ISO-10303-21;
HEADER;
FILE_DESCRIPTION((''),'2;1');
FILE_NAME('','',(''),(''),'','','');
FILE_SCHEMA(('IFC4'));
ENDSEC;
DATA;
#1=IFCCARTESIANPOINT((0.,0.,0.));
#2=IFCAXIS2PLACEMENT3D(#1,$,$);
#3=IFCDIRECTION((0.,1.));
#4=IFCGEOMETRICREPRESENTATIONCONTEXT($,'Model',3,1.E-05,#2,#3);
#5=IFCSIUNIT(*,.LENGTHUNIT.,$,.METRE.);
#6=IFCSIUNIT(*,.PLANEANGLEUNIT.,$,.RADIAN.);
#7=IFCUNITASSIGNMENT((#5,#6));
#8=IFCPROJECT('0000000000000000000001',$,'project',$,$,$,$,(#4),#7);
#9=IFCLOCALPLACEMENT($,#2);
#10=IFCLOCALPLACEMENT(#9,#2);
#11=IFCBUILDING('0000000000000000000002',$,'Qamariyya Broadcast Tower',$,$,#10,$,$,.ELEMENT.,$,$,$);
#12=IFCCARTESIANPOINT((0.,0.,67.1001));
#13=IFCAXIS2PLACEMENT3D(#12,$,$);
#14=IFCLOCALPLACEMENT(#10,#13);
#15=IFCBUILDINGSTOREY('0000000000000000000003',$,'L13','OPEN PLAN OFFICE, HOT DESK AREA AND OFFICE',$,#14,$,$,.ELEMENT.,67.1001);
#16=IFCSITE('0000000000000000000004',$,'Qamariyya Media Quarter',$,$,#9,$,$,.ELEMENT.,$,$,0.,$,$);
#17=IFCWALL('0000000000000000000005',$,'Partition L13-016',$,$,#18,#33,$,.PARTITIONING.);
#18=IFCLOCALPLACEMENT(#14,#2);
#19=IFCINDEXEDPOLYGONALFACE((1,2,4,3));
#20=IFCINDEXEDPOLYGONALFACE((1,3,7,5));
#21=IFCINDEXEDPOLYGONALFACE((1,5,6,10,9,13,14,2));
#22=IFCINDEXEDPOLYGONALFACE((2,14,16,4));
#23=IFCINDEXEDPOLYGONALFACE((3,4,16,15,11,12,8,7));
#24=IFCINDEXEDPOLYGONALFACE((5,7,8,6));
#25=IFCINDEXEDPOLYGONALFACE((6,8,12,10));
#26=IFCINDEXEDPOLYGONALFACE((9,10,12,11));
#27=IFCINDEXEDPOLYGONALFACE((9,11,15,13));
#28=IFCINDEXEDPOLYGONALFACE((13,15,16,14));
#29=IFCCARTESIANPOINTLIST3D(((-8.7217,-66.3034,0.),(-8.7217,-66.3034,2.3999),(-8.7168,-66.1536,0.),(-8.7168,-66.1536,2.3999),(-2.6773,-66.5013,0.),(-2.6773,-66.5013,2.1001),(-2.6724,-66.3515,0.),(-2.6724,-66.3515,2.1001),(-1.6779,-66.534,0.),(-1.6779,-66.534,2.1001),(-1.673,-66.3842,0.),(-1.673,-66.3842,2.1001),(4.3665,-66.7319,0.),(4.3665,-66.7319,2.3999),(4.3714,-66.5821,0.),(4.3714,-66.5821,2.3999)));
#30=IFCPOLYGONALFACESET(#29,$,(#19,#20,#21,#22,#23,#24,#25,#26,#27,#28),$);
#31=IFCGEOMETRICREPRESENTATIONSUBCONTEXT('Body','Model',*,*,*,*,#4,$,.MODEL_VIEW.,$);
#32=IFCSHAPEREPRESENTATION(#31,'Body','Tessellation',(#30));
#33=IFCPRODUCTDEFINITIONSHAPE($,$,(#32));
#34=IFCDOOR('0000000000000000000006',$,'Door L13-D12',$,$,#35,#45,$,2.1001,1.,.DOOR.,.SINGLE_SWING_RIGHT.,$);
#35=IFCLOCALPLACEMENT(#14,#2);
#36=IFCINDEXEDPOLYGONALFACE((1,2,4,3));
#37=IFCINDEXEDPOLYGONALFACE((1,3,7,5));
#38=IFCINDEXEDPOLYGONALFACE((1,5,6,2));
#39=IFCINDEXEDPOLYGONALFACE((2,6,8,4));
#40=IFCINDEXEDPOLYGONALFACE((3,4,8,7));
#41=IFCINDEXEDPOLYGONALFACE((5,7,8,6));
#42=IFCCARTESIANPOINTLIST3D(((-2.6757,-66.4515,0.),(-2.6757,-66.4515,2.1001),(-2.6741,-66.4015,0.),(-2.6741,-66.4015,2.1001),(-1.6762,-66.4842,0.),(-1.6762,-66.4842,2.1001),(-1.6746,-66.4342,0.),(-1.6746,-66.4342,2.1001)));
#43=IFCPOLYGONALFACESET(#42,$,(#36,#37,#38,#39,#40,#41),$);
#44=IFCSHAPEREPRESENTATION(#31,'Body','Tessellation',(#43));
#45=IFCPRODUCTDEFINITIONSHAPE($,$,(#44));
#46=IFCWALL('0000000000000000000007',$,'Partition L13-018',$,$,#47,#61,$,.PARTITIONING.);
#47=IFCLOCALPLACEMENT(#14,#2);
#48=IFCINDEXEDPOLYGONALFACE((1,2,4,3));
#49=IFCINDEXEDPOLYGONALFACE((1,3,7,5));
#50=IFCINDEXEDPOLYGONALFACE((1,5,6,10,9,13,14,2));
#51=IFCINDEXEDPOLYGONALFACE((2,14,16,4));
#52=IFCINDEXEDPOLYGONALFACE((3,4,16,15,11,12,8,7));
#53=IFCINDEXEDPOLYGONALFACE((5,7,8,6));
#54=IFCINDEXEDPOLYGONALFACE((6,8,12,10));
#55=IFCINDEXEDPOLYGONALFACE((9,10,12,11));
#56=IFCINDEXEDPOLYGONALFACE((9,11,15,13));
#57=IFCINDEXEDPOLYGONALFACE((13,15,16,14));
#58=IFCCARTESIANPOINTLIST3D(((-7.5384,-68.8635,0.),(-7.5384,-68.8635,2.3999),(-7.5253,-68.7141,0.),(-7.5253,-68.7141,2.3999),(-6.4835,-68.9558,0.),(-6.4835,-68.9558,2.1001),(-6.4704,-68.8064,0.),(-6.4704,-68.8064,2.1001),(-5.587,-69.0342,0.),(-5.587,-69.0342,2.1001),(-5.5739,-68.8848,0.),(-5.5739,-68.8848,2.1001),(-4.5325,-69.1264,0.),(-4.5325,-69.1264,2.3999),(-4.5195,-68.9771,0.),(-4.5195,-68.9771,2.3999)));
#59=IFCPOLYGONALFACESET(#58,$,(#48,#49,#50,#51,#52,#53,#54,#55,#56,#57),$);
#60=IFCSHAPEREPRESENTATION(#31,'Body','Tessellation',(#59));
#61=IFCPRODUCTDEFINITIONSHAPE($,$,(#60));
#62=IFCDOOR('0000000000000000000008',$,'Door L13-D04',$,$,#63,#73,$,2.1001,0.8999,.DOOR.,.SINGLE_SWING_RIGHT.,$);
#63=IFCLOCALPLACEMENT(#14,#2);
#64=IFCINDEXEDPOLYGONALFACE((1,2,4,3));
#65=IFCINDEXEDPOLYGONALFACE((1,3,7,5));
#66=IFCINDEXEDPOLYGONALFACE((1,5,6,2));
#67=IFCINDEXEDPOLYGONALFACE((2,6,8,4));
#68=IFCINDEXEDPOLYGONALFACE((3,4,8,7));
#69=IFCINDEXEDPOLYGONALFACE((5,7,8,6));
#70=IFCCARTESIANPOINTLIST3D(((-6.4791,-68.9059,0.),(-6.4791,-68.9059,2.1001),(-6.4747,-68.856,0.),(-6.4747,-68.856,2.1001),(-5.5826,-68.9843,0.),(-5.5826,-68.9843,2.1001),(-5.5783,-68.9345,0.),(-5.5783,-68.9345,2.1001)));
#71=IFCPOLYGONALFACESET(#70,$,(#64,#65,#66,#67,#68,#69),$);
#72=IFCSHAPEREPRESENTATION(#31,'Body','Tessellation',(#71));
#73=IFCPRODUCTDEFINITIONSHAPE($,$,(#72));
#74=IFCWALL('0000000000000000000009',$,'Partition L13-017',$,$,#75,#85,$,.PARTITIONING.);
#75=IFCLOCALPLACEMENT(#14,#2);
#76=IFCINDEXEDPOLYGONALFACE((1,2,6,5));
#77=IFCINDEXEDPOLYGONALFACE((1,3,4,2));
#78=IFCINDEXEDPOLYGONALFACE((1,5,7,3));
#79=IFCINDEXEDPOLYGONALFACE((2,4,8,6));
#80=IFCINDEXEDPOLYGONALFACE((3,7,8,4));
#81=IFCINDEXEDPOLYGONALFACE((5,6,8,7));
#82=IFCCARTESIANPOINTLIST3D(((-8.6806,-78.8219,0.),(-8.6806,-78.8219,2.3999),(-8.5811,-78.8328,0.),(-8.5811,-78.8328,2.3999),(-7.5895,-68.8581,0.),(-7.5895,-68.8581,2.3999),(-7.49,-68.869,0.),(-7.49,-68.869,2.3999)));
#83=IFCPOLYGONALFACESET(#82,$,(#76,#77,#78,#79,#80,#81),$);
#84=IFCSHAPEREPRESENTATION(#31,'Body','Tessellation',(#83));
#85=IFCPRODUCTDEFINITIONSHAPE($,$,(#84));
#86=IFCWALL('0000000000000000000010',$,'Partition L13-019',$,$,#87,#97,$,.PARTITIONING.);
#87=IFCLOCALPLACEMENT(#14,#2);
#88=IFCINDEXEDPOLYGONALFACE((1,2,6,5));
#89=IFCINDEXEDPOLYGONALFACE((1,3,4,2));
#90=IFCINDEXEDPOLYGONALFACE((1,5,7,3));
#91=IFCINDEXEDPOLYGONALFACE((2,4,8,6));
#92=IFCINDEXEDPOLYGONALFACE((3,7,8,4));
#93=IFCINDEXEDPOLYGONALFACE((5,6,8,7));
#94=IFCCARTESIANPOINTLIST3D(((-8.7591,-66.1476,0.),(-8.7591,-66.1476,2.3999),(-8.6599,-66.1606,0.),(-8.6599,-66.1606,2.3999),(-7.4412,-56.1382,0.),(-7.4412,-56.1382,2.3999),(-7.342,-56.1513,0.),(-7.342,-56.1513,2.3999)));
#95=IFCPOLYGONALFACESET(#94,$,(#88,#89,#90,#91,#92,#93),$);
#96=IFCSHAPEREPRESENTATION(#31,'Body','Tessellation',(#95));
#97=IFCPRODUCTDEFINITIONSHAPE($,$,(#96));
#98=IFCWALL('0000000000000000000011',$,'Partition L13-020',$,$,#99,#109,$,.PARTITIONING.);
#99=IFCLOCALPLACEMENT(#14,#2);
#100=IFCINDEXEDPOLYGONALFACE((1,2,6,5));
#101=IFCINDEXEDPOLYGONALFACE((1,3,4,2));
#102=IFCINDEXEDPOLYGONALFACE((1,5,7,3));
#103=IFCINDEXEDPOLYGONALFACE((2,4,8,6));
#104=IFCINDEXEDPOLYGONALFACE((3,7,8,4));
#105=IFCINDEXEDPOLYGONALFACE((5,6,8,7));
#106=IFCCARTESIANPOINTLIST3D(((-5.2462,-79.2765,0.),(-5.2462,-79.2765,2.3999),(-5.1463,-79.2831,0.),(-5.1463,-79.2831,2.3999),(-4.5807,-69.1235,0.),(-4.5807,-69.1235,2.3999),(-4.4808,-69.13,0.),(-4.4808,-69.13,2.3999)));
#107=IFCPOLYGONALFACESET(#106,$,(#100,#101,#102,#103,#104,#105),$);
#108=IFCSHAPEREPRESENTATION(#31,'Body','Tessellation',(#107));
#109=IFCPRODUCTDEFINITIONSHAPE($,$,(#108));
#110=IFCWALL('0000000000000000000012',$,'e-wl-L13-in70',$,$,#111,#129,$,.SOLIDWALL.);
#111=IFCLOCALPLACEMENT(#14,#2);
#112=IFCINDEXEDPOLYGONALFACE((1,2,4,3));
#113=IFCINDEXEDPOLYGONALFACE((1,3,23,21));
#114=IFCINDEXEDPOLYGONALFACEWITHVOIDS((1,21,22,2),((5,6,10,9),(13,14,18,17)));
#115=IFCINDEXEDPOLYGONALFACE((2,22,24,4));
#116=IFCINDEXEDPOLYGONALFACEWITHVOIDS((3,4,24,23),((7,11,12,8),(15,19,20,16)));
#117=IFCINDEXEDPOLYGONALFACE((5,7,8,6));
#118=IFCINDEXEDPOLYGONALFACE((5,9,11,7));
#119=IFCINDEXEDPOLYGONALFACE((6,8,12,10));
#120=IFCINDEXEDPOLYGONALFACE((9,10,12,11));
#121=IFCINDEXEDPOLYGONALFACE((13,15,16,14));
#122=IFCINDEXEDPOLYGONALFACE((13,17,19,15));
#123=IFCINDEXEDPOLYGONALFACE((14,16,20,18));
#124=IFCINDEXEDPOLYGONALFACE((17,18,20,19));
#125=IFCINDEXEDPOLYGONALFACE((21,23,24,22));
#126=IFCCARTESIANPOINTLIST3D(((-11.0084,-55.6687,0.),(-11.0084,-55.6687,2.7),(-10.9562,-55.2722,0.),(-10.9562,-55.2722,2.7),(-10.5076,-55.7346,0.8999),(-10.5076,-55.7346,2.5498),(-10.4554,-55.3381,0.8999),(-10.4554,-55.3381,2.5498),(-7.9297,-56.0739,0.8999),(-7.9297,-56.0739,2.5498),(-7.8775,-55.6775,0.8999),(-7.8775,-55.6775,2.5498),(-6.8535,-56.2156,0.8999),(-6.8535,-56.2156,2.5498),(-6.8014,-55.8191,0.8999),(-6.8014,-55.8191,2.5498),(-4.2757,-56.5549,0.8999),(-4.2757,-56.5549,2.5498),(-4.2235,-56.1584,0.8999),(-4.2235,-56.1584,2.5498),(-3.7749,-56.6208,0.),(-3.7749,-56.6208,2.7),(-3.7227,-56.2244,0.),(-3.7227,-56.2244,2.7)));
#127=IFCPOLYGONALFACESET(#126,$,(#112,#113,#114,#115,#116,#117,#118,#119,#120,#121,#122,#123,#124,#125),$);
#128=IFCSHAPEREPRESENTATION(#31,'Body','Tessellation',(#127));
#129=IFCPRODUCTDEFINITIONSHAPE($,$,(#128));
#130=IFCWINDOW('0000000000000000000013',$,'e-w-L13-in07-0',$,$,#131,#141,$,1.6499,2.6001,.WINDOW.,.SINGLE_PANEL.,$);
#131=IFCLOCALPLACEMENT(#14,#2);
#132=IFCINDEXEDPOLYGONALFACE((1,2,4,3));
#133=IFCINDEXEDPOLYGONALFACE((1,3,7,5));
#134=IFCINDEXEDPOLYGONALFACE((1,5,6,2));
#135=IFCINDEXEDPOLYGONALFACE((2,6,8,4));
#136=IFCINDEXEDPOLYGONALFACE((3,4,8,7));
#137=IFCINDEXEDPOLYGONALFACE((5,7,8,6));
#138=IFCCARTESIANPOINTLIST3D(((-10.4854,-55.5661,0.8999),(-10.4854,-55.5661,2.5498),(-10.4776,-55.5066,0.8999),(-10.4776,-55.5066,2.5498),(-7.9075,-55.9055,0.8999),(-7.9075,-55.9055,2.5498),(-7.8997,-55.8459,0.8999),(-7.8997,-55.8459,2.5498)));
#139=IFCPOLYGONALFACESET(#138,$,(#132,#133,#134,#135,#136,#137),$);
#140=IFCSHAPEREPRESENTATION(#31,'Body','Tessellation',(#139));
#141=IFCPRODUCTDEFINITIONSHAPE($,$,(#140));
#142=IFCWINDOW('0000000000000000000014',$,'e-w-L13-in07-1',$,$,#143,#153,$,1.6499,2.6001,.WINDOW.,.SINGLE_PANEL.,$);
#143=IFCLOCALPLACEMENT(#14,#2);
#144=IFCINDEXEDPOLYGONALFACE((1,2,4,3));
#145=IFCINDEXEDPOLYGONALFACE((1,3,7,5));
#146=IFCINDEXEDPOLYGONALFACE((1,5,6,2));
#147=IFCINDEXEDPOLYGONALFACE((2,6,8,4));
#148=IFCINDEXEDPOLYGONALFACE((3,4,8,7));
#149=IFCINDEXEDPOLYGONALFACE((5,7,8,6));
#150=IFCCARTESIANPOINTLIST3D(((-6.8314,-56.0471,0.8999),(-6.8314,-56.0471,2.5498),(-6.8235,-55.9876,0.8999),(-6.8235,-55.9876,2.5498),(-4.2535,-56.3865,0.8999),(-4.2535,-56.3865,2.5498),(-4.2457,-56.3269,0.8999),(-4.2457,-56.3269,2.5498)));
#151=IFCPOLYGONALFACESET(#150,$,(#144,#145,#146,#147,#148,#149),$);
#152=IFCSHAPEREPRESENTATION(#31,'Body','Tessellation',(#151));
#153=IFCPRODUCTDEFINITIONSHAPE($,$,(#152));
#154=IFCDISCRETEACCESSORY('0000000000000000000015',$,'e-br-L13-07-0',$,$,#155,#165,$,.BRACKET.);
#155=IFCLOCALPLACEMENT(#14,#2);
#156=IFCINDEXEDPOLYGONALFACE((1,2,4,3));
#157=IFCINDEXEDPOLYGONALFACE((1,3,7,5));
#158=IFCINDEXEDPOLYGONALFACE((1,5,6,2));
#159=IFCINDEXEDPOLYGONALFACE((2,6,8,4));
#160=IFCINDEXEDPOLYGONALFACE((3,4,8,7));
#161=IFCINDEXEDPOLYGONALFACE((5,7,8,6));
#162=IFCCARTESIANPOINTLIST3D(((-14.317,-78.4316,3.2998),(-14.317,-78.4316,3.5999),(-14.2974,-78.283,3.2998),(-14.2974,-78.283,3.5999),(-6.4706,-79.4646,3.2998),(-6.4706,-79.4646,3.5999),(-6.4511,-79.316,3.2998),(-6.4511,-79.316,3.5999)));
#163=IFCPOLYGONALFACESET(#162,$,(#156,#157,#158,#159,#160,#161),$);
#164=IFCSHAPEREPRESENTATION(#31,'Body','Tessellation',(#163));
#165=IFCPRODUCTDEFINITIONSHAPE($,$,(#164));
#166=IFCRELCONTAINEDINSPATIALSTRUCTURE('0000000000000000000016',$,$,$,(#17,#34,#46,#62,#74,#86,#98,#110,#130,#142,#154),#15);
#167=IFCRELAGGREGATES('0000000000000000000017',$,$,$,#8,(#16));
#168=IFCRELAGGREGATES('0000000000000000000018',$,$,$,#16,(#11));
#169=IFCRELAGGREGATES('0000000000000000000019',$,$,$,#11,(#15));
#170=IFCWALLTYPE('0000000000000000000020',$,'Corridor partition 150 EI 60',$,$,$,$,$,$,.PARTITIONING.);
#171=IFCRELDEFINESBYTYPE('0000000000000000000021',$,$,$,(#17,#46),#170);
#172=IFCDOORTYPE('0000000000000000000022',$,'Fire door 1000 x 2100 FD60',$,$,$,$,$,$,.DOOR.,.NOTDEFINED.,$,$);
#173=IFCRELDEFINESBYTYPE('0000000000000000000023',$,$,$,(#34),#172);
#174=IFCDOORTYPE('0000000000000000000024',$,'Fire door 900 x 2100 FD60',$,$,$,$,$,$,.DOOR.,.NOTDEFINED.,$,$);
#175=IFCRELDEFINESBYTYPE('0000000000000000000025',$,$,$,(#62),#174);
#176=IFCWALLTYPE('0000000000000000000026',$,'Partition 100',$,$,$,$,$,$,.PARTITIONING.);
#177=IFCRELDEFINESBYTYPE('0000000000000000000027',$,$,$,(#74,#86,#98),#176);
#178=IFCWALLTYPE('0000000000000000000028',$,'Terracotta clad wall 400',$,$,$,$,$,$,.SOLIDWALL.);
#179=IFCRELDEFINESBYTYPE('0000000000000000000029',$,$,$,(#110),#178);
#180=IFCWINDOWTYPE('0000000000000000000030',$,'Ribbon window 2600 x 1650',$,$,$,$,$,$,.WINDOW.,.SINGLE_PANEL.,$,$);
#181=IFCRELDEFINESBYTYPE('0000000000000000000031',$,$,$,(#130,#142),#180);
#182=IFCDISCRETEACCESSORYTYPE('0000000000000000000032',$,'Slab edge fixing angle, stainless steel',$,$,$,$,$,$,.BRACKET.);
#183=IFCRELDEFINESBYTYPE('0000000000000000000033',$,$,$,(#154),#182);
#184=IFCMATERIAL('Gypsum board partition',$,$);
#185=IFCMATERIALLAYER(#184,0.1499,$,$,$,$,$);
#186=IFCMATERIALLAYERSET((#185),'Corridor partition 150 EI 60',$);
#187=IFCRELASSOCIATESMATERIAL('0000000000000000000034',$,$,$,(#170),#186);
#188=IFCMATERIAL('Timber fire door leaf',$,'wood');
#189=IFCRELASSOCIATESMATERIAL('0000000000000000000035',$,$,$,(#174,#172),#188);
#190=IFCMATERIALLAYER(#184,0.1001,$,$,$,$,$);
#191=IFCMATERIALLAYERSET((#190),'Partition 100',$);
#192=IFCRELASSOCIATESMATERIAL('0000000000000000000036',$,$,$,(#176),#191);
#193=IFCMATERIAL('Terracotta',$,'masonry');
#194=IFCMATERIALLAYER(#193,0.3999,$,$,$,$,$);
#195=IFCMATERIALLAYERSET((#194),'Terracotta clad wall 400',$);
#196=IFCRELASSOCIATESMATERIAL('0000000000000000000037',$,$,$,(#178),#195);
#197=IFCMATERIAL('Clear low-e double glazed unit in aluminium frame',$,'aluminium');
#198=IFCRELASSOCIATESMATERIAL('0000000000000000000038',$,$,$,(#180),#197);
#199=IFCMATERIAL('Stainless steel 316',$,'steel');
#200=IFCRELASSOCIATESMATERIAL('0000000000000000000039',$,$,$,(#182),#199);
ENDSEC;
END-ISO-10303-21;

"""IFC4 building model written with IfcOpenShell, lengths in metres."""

from ifc_helpers import new_model, si_unit, direction, frame, frame_2d, origin, origin_2d, place, context, subcontext, project, spatial, rectangle, extrude, material, layer, layer_set, type_object, element, fill, save


model = new_model("IFC4")

# Units and contexts
model_context = context("Model", 3, precision=1e-05, world=origin(), true_north=direction((0.0, 1.0)))
body_context = subcontext(model_context, "Body", "Model", "MODEL_VIEW")
ifc_project = project(units=[si_unit("LENGTHUNIT", "METRE"), si_unit("PLANEANGLEUNIT", "RADIAN")], contexts=[model_context])

# Site, building, storey
site_placement = place(None, origin())
site = spatial("IfcSite", under=ifc_project, at=site_placement, Name="Qamariyya Media Quarter", CompositionType="ELEMENT", RefElevation=0.0)
building_placement = place(site_placement, origin())
building = spatial("IfcBuilding", under=site, at=building_placement, Name="Qamariyya Broadcast Tower", CompositionType="ELEMENT")
storey_placement = place(building_placement, frame((0.0, 0.0, 67.1001)))
storey = spatial("IfcBuildingStorey", under=building, at=storey_placement, Name="L13", Description="OPEN PLAN OFFICE, HOT DESK AREA AND OFFICE", CompositionType="ELEMENT", Elevation=67.1001)

# Walls, openings, doors
ifc_material_1 = material(Name="Gypsum board partition")
ifc_layer_1 = layer(ifc_material_1, 0.1499)
ifc_layer_set_1 = layer_set([ifc_layer_1], Name="Corridor partition 150 EI 60")
wall_type_1 = type_object("IfcWallType", Name="Corridor partition 150 EI 60", PredefinedType="PARTITIONING", material=ifc_layer_set_1)
ifc_material_2 = material(Name="Timber fire door leaf", Category="wood")
door_type_1 = type_object("IfcDoorType", Name="Fire door 900 x 2100 FD60", OperationType="NOTDEFINED", PredefinedType="DOOR", material=ifc_material_2)
wall_1_placement = place(storey_placement, frame((-8.7192, -66.2285, 0.0), z_axis=(0.0, 0.0, 1.0), x_axis=(0.999465, -0.03272, 0.0)))
wall_1 = element("IfcWall", 1, at=wall_1_placement, inside=storey, type_object=wall_type_1, Name="Partition L13-016", PredefinedType="PARTITIONING", context=body_context, shape_type="SweptSolid", body=[
    extrude(rectangle(XDim=13.0952, YDim=0.1499, at=frame_2d((6.5476, 0.0))), origin(), (0.0, 0.0, 1.0), 2.3999),
])
opening_1_placement = place(wall_1_placement, frame((6.0476, 0.0, 0.0)))
opening_1 = element("IfcOpeningElement", 2, at=opening_1_placement, cuts=wall_1, PredefinedType="OPENING", context=body_context, shape_type="SweptSolid", body=[
    extrude(rectangle(XDim=1.0, YDim=2.1001, at=frame_2d((0.5, 1.05))), frame((0.0, 0.085, 0.0), z_axis=(0.0, -1.0, 0.0), x_axis=(1.0, 0.0, 0.0)), (0.0, 0.0, 1.0), 0.1699),
])
door_type_2 = type_object("IfcDoorType", Name="Fire door 1000 x 2100 FD60", OperationType="NOTDEFINED", PredefinedType="DOOR", material=ifc_material_2)
door_1_placement = place(opening_1_placement, origin())
door_1 = element("IfcDoor", 3, at=door_1_placement, inside=storey, type_object=door_type_2, Name="Door L13-D12", OperationType="SINGLE_SWING_RIGHT", OverallHeight=2.1001, OverallWidth=1.0, PredefinedType="DOOR", context=body_context, shape_type="SweptSolid", body=[
    extrude(rectangle(XDim=1.0, YDim=2.1001, at=frame_2d((0.5, 1.05))), frame((0.0, 0.0249, 0.0), z_axis=(0.0, -1.0, 0.0), x_axis=(1.0, 0.0, 0.0)), (0.0, 0.0, 1.0), 0.05),
])
fill(opening_1, door_1)
wall_2_placement = place(storey_placement, frame((-4.5259, -69.0518, 0.0), z_axis=(0.0, 0.0, 1.0), x_axis=(-0.996196, 0.087143, 0.0)))
wall_2 = element("IfcWall", 4, at=wall_2_placement, inside=storey, type_object=wall_type_1, Name="Partition L13-018", PredefinedType="PARTITIONING", context=body_context, shape_type="SweptSolid", body=[
    extrude(rectangle(XDim=3.0173, YDim=0.1499, at=frame_2d((1.5088, 0.0))), origin(), (0.0, 0.0, 1.0), 2.3999),
])
opening_2_placement = place(wall_2_placement, frame((1.0586, 0.0, 0.0)))
opening_2 = element("IfcOpeningElement", 5, at=opening_2_placement, cuts=wall_2, PredefinedType="OPENING", context=body_context, shape_type="SweptSolid", body=[
    extrude(rectangle(XDim=0.8999, YDim=2.1001, at=frame_2d((0.45, 1.05))), frame((0.0, 0.085, 0.0), z_axis=(0.0, -1.0, 0.0), x_axis=(1.0, 0.0, 0.0)), (0.0, 0.0, 1.0), 0.1699),
])
door_2_placement = place(opening_2_placement, origin())
door_2 = element("IfcDoor", 6, at=door_2_placement, inside=storey, type_object=door_type_1, Name="Door L13-D04", OperationType="SINGLE_SWING_RIGHT", OverallHeight=2.1001, OverallWidth=0.8999, PredefinedType="DOOR", context=body_context, shape_type="SweptSolid", body=[
    extrude(rectangle(XDim=0.8999, YDim=2.1001, at=frame_2d((0.45, 1.05))), frame((0.0, 0.0249, 0.0), z_axis=(0.0, -1.0, 0.0), x_axis=(1.0, 0.0, 0.0)), (0.0, 0.0, 1.0), 0.05),
])
fill(opening_2, door_2)

# Walls
ifc_layer_2 = layer(ifc_material_1, 0.1001)
ifc_layer_set_2 = layer_set([ifc_layer_2], Name="Partition 100")
wall_type_2 = type_object("IfcWallType", Name="Partition 100", PredefinedType="PARTITIONING", material=ifc_layer_set_2)
wall_3_placement = place(storey_placement, frame((-8.6309, -78.8274, 0.0), z_axis=(0.0, 0.0, 1.0), x_axis=(0.108851, 0.994058, 0.0)))
element("IfcWall", 7, at=wall_3_placement, inside=storey, type_object=wall_type_2, Name="Partition L13-017", PredefinedType="PARTITIONING", context=body_context, shape_type="SweptSolid", body=[
    extrude(rectangle(XDim=10.0234, YDim=0.1001, at=frame_2d((5.0117, 0.0))), origin(), (0.0, 0.0, 1.0), 2.3999),
])
wall_4_placement = place(storey_placement, frame((-7.3916, -56.1448, 0.0), z_axis=(0.0, 0.0, 1.0), x_axis=(-0.130538, -0.991443, 0.0)))
element("IfcWall", 8, at=wall_4_placement, inside=storey, type_object=wall_type_2, Name="Partition L13-019", PredefinedType="PARTITIONING", context=body_context, shape_type="SweptSolid", body=[
    extrude(rectangle(XDim=10.0957, YDim=0.1001, at=frame_2d((5.0479, 0.0))), origin(), (0.0, 0.0, 1.0), 2.3999),
])
wall_5_placement = place(storey_placement, frame((-5.1963, -79.2798, 0.0), z_axis=(0.0, 0.0, 1.0), x_axis=(0.065409, 0.997859, 0.0)))
element("IfcWall", 9, at=wall_5_placement, inside=storey, type_object=wall_type_2, Name="Partition L13-020", PredefinedType="PARTITIONING", context=body_context, shape_type="SweptSolid", body=[
    extrude(rectangle(XDim=10.1748, YDim=0.1001, at=frame_2d((5.0874, 0.0))), origin(), (0.0, 0.0, 1.0), 2.3999),
])

# Wall, openings, windows
ifc_material_3 = material(Name="Terracotta", Category="masonry")
ifc_layer_3 = layer(ifc_material_3, 0.3999)
ifc_layer_set_3 = layer_set([ifc_layer_3], Name="Terracotta clad wall 400")
wall_type_3 = type_object("IfcWallType", Name="Terracotta clad wall 400", PredefinedType="SOLIDWALL", material=ifc_layer_set_3)
wall_6_placement = place(storey_placement, frame((-3.7488, -56.4226, 0.0), z_axis=(0.0, 0.0, 1.0), x_axis=(-0.991447, 0.130506, 0.0)))
wall_6 = element("IfcWall", 10, at=wall_6_placement, inside=storey, type_object=wall_type_3, Name="e-wl-L13-in70", PredefinedType="SOLIDWALL", context=body_context, shape_type="SweptSolid", body=[
    extrude(rectangle(XDim=7.2959, YDim=0.3999, at=frame_2d((3.6479, 0.0))), origin(), (0.0, 0.0, 1.0), 2.7),
])
opening_3_placement = place(wall_6_placement, frame((4.1907, 0.0, 0.8999)))
opening_3 = element("IfcOpeningElement", 11, at=opening_3_placement, cuts=wall_6, PredefinedType="OPENING", context=body_context, shape_type="SweptSolid", body=[
    extrude(rectangle(XDim=2.6001, YDim=1.6499, at=frame_2d((1.3, 0.825))), frame((0.0, 0.21, 0.0), z_axis=(0.0, -1.0, 0.0), x_axis=(1.0, 0.0, 0.0)), (0.0, 0.0, 1.0), 0.4199),
])
opening_4_placement = place(wall_6_placement, frame((0.5051, 0.0, 0.8999)))
opening_4 = element("IfcOpeningElement", 12, at=opening_4_placement, cuts=wall_6, PredefinedType="OPENING", context=body_context, shape_type="SweptSolid", body=[
    extrude(rectangle(XDim=2.6001, YDim=1.6499, at=frame_2d((1.3, 0.825))), frame((0.0, 0.21, 0.0), z_axis=(0.0, -1.0, 0.0), x_axis=(1.0, 0.0, 0.0)), (0.0, 0.0, 1.0), 0.4199),
])
ifc_material_4 = material(Name="Clear low-e double glazed unit in aluminium frame", Category="aluminium")
window_type = type_object("IfcWindowType", Name="Ribbon window 2600 x 1650", PartitioningType="SINGLE_PANEL", PredefinedType="WINDOW", material=ifc_material_4)
window_1_placement = place(opening_3_placement, origin())
window_1 = element("IfcWindow", 13, at=window_1_placement, inside=storey, type_object=window_type, Name="e-w-L13-in07-0", OverallHeight=1.6499, OverallWidth=2.6001, PartitioningType="SINGLE_PANEL", PredefinedType="WINDOW", context=body_context, shape_type="SweptSolid", body=[
    extrude(rectangle(XDim=2.6001, YDim=1.6499, at=frame_2d((1.3, 0.825))), frame((0.0, 0.03, 0.0), z_axis=(0.0, -1.0, 0.0), x_axis=(1.0, 0.0, 0.0)), (0.0, 0.0, 1.0), 0.0601),
])
fill(opening_3, window_1)
window_2_placement = place(opening_4_placement, origin())
window_2 = element("IfcWindow", 14, at=window_2_placement, inside=storey, type_object=window_type, Name="e-w-L13-in07-1", OverallHeight=1.6499, OverallWidth=2.6001, PartitioningType="SINGLE_PANEL", PredefinedType="WINDOW", context=body_context, shape_type="SweptSolid", body=[
    extrude(rectangle(XDim=2.6001, YDim=1.6499, at=frame_2d((1.3, 0.825))), frame((0.0, 0.03, 0.0), z_axis=(0.0, -1.0, 0.0), x_axis=(1.0, 0.0, 0.0)), (0.0, 0.0, 1.0), 0.0601),
])
fill(opening_4, window_2)

# Discrete accessory
ifc_material_5 = material(Name="Stainless steel 316", Category="steel")
discrete_accessory_type = type_object("IfcDiscreteAccessoryType", Name="Slab edge fixing angle, stainless steel", PredefinedType="BRACKET", material=ifc_material_5)
discrete_accessory_placement = place(storey_placement, frame((-10.384, -78.8738, 3.2998), z_axis=(0.0, 0.0, 1.0), x_axis=(0.991445, -0.130526, 0.0)))
element("IfcDiscreteAccessory", 15, at=discrete_accessory_placement, inside=storey, type_object=discrete_accessory_type, Name="e-br-L13-07-0", PredefinedType="BRACKET", context=body_context, shape_type="SweptSolid", body=[
    extrude(rectangle(XDim=7.9141, YDim=0.1499, at=origin_2d()), origin(), (0.0, 0.0, 1.0), 0.3),
])

save(model, "model.ifc")
